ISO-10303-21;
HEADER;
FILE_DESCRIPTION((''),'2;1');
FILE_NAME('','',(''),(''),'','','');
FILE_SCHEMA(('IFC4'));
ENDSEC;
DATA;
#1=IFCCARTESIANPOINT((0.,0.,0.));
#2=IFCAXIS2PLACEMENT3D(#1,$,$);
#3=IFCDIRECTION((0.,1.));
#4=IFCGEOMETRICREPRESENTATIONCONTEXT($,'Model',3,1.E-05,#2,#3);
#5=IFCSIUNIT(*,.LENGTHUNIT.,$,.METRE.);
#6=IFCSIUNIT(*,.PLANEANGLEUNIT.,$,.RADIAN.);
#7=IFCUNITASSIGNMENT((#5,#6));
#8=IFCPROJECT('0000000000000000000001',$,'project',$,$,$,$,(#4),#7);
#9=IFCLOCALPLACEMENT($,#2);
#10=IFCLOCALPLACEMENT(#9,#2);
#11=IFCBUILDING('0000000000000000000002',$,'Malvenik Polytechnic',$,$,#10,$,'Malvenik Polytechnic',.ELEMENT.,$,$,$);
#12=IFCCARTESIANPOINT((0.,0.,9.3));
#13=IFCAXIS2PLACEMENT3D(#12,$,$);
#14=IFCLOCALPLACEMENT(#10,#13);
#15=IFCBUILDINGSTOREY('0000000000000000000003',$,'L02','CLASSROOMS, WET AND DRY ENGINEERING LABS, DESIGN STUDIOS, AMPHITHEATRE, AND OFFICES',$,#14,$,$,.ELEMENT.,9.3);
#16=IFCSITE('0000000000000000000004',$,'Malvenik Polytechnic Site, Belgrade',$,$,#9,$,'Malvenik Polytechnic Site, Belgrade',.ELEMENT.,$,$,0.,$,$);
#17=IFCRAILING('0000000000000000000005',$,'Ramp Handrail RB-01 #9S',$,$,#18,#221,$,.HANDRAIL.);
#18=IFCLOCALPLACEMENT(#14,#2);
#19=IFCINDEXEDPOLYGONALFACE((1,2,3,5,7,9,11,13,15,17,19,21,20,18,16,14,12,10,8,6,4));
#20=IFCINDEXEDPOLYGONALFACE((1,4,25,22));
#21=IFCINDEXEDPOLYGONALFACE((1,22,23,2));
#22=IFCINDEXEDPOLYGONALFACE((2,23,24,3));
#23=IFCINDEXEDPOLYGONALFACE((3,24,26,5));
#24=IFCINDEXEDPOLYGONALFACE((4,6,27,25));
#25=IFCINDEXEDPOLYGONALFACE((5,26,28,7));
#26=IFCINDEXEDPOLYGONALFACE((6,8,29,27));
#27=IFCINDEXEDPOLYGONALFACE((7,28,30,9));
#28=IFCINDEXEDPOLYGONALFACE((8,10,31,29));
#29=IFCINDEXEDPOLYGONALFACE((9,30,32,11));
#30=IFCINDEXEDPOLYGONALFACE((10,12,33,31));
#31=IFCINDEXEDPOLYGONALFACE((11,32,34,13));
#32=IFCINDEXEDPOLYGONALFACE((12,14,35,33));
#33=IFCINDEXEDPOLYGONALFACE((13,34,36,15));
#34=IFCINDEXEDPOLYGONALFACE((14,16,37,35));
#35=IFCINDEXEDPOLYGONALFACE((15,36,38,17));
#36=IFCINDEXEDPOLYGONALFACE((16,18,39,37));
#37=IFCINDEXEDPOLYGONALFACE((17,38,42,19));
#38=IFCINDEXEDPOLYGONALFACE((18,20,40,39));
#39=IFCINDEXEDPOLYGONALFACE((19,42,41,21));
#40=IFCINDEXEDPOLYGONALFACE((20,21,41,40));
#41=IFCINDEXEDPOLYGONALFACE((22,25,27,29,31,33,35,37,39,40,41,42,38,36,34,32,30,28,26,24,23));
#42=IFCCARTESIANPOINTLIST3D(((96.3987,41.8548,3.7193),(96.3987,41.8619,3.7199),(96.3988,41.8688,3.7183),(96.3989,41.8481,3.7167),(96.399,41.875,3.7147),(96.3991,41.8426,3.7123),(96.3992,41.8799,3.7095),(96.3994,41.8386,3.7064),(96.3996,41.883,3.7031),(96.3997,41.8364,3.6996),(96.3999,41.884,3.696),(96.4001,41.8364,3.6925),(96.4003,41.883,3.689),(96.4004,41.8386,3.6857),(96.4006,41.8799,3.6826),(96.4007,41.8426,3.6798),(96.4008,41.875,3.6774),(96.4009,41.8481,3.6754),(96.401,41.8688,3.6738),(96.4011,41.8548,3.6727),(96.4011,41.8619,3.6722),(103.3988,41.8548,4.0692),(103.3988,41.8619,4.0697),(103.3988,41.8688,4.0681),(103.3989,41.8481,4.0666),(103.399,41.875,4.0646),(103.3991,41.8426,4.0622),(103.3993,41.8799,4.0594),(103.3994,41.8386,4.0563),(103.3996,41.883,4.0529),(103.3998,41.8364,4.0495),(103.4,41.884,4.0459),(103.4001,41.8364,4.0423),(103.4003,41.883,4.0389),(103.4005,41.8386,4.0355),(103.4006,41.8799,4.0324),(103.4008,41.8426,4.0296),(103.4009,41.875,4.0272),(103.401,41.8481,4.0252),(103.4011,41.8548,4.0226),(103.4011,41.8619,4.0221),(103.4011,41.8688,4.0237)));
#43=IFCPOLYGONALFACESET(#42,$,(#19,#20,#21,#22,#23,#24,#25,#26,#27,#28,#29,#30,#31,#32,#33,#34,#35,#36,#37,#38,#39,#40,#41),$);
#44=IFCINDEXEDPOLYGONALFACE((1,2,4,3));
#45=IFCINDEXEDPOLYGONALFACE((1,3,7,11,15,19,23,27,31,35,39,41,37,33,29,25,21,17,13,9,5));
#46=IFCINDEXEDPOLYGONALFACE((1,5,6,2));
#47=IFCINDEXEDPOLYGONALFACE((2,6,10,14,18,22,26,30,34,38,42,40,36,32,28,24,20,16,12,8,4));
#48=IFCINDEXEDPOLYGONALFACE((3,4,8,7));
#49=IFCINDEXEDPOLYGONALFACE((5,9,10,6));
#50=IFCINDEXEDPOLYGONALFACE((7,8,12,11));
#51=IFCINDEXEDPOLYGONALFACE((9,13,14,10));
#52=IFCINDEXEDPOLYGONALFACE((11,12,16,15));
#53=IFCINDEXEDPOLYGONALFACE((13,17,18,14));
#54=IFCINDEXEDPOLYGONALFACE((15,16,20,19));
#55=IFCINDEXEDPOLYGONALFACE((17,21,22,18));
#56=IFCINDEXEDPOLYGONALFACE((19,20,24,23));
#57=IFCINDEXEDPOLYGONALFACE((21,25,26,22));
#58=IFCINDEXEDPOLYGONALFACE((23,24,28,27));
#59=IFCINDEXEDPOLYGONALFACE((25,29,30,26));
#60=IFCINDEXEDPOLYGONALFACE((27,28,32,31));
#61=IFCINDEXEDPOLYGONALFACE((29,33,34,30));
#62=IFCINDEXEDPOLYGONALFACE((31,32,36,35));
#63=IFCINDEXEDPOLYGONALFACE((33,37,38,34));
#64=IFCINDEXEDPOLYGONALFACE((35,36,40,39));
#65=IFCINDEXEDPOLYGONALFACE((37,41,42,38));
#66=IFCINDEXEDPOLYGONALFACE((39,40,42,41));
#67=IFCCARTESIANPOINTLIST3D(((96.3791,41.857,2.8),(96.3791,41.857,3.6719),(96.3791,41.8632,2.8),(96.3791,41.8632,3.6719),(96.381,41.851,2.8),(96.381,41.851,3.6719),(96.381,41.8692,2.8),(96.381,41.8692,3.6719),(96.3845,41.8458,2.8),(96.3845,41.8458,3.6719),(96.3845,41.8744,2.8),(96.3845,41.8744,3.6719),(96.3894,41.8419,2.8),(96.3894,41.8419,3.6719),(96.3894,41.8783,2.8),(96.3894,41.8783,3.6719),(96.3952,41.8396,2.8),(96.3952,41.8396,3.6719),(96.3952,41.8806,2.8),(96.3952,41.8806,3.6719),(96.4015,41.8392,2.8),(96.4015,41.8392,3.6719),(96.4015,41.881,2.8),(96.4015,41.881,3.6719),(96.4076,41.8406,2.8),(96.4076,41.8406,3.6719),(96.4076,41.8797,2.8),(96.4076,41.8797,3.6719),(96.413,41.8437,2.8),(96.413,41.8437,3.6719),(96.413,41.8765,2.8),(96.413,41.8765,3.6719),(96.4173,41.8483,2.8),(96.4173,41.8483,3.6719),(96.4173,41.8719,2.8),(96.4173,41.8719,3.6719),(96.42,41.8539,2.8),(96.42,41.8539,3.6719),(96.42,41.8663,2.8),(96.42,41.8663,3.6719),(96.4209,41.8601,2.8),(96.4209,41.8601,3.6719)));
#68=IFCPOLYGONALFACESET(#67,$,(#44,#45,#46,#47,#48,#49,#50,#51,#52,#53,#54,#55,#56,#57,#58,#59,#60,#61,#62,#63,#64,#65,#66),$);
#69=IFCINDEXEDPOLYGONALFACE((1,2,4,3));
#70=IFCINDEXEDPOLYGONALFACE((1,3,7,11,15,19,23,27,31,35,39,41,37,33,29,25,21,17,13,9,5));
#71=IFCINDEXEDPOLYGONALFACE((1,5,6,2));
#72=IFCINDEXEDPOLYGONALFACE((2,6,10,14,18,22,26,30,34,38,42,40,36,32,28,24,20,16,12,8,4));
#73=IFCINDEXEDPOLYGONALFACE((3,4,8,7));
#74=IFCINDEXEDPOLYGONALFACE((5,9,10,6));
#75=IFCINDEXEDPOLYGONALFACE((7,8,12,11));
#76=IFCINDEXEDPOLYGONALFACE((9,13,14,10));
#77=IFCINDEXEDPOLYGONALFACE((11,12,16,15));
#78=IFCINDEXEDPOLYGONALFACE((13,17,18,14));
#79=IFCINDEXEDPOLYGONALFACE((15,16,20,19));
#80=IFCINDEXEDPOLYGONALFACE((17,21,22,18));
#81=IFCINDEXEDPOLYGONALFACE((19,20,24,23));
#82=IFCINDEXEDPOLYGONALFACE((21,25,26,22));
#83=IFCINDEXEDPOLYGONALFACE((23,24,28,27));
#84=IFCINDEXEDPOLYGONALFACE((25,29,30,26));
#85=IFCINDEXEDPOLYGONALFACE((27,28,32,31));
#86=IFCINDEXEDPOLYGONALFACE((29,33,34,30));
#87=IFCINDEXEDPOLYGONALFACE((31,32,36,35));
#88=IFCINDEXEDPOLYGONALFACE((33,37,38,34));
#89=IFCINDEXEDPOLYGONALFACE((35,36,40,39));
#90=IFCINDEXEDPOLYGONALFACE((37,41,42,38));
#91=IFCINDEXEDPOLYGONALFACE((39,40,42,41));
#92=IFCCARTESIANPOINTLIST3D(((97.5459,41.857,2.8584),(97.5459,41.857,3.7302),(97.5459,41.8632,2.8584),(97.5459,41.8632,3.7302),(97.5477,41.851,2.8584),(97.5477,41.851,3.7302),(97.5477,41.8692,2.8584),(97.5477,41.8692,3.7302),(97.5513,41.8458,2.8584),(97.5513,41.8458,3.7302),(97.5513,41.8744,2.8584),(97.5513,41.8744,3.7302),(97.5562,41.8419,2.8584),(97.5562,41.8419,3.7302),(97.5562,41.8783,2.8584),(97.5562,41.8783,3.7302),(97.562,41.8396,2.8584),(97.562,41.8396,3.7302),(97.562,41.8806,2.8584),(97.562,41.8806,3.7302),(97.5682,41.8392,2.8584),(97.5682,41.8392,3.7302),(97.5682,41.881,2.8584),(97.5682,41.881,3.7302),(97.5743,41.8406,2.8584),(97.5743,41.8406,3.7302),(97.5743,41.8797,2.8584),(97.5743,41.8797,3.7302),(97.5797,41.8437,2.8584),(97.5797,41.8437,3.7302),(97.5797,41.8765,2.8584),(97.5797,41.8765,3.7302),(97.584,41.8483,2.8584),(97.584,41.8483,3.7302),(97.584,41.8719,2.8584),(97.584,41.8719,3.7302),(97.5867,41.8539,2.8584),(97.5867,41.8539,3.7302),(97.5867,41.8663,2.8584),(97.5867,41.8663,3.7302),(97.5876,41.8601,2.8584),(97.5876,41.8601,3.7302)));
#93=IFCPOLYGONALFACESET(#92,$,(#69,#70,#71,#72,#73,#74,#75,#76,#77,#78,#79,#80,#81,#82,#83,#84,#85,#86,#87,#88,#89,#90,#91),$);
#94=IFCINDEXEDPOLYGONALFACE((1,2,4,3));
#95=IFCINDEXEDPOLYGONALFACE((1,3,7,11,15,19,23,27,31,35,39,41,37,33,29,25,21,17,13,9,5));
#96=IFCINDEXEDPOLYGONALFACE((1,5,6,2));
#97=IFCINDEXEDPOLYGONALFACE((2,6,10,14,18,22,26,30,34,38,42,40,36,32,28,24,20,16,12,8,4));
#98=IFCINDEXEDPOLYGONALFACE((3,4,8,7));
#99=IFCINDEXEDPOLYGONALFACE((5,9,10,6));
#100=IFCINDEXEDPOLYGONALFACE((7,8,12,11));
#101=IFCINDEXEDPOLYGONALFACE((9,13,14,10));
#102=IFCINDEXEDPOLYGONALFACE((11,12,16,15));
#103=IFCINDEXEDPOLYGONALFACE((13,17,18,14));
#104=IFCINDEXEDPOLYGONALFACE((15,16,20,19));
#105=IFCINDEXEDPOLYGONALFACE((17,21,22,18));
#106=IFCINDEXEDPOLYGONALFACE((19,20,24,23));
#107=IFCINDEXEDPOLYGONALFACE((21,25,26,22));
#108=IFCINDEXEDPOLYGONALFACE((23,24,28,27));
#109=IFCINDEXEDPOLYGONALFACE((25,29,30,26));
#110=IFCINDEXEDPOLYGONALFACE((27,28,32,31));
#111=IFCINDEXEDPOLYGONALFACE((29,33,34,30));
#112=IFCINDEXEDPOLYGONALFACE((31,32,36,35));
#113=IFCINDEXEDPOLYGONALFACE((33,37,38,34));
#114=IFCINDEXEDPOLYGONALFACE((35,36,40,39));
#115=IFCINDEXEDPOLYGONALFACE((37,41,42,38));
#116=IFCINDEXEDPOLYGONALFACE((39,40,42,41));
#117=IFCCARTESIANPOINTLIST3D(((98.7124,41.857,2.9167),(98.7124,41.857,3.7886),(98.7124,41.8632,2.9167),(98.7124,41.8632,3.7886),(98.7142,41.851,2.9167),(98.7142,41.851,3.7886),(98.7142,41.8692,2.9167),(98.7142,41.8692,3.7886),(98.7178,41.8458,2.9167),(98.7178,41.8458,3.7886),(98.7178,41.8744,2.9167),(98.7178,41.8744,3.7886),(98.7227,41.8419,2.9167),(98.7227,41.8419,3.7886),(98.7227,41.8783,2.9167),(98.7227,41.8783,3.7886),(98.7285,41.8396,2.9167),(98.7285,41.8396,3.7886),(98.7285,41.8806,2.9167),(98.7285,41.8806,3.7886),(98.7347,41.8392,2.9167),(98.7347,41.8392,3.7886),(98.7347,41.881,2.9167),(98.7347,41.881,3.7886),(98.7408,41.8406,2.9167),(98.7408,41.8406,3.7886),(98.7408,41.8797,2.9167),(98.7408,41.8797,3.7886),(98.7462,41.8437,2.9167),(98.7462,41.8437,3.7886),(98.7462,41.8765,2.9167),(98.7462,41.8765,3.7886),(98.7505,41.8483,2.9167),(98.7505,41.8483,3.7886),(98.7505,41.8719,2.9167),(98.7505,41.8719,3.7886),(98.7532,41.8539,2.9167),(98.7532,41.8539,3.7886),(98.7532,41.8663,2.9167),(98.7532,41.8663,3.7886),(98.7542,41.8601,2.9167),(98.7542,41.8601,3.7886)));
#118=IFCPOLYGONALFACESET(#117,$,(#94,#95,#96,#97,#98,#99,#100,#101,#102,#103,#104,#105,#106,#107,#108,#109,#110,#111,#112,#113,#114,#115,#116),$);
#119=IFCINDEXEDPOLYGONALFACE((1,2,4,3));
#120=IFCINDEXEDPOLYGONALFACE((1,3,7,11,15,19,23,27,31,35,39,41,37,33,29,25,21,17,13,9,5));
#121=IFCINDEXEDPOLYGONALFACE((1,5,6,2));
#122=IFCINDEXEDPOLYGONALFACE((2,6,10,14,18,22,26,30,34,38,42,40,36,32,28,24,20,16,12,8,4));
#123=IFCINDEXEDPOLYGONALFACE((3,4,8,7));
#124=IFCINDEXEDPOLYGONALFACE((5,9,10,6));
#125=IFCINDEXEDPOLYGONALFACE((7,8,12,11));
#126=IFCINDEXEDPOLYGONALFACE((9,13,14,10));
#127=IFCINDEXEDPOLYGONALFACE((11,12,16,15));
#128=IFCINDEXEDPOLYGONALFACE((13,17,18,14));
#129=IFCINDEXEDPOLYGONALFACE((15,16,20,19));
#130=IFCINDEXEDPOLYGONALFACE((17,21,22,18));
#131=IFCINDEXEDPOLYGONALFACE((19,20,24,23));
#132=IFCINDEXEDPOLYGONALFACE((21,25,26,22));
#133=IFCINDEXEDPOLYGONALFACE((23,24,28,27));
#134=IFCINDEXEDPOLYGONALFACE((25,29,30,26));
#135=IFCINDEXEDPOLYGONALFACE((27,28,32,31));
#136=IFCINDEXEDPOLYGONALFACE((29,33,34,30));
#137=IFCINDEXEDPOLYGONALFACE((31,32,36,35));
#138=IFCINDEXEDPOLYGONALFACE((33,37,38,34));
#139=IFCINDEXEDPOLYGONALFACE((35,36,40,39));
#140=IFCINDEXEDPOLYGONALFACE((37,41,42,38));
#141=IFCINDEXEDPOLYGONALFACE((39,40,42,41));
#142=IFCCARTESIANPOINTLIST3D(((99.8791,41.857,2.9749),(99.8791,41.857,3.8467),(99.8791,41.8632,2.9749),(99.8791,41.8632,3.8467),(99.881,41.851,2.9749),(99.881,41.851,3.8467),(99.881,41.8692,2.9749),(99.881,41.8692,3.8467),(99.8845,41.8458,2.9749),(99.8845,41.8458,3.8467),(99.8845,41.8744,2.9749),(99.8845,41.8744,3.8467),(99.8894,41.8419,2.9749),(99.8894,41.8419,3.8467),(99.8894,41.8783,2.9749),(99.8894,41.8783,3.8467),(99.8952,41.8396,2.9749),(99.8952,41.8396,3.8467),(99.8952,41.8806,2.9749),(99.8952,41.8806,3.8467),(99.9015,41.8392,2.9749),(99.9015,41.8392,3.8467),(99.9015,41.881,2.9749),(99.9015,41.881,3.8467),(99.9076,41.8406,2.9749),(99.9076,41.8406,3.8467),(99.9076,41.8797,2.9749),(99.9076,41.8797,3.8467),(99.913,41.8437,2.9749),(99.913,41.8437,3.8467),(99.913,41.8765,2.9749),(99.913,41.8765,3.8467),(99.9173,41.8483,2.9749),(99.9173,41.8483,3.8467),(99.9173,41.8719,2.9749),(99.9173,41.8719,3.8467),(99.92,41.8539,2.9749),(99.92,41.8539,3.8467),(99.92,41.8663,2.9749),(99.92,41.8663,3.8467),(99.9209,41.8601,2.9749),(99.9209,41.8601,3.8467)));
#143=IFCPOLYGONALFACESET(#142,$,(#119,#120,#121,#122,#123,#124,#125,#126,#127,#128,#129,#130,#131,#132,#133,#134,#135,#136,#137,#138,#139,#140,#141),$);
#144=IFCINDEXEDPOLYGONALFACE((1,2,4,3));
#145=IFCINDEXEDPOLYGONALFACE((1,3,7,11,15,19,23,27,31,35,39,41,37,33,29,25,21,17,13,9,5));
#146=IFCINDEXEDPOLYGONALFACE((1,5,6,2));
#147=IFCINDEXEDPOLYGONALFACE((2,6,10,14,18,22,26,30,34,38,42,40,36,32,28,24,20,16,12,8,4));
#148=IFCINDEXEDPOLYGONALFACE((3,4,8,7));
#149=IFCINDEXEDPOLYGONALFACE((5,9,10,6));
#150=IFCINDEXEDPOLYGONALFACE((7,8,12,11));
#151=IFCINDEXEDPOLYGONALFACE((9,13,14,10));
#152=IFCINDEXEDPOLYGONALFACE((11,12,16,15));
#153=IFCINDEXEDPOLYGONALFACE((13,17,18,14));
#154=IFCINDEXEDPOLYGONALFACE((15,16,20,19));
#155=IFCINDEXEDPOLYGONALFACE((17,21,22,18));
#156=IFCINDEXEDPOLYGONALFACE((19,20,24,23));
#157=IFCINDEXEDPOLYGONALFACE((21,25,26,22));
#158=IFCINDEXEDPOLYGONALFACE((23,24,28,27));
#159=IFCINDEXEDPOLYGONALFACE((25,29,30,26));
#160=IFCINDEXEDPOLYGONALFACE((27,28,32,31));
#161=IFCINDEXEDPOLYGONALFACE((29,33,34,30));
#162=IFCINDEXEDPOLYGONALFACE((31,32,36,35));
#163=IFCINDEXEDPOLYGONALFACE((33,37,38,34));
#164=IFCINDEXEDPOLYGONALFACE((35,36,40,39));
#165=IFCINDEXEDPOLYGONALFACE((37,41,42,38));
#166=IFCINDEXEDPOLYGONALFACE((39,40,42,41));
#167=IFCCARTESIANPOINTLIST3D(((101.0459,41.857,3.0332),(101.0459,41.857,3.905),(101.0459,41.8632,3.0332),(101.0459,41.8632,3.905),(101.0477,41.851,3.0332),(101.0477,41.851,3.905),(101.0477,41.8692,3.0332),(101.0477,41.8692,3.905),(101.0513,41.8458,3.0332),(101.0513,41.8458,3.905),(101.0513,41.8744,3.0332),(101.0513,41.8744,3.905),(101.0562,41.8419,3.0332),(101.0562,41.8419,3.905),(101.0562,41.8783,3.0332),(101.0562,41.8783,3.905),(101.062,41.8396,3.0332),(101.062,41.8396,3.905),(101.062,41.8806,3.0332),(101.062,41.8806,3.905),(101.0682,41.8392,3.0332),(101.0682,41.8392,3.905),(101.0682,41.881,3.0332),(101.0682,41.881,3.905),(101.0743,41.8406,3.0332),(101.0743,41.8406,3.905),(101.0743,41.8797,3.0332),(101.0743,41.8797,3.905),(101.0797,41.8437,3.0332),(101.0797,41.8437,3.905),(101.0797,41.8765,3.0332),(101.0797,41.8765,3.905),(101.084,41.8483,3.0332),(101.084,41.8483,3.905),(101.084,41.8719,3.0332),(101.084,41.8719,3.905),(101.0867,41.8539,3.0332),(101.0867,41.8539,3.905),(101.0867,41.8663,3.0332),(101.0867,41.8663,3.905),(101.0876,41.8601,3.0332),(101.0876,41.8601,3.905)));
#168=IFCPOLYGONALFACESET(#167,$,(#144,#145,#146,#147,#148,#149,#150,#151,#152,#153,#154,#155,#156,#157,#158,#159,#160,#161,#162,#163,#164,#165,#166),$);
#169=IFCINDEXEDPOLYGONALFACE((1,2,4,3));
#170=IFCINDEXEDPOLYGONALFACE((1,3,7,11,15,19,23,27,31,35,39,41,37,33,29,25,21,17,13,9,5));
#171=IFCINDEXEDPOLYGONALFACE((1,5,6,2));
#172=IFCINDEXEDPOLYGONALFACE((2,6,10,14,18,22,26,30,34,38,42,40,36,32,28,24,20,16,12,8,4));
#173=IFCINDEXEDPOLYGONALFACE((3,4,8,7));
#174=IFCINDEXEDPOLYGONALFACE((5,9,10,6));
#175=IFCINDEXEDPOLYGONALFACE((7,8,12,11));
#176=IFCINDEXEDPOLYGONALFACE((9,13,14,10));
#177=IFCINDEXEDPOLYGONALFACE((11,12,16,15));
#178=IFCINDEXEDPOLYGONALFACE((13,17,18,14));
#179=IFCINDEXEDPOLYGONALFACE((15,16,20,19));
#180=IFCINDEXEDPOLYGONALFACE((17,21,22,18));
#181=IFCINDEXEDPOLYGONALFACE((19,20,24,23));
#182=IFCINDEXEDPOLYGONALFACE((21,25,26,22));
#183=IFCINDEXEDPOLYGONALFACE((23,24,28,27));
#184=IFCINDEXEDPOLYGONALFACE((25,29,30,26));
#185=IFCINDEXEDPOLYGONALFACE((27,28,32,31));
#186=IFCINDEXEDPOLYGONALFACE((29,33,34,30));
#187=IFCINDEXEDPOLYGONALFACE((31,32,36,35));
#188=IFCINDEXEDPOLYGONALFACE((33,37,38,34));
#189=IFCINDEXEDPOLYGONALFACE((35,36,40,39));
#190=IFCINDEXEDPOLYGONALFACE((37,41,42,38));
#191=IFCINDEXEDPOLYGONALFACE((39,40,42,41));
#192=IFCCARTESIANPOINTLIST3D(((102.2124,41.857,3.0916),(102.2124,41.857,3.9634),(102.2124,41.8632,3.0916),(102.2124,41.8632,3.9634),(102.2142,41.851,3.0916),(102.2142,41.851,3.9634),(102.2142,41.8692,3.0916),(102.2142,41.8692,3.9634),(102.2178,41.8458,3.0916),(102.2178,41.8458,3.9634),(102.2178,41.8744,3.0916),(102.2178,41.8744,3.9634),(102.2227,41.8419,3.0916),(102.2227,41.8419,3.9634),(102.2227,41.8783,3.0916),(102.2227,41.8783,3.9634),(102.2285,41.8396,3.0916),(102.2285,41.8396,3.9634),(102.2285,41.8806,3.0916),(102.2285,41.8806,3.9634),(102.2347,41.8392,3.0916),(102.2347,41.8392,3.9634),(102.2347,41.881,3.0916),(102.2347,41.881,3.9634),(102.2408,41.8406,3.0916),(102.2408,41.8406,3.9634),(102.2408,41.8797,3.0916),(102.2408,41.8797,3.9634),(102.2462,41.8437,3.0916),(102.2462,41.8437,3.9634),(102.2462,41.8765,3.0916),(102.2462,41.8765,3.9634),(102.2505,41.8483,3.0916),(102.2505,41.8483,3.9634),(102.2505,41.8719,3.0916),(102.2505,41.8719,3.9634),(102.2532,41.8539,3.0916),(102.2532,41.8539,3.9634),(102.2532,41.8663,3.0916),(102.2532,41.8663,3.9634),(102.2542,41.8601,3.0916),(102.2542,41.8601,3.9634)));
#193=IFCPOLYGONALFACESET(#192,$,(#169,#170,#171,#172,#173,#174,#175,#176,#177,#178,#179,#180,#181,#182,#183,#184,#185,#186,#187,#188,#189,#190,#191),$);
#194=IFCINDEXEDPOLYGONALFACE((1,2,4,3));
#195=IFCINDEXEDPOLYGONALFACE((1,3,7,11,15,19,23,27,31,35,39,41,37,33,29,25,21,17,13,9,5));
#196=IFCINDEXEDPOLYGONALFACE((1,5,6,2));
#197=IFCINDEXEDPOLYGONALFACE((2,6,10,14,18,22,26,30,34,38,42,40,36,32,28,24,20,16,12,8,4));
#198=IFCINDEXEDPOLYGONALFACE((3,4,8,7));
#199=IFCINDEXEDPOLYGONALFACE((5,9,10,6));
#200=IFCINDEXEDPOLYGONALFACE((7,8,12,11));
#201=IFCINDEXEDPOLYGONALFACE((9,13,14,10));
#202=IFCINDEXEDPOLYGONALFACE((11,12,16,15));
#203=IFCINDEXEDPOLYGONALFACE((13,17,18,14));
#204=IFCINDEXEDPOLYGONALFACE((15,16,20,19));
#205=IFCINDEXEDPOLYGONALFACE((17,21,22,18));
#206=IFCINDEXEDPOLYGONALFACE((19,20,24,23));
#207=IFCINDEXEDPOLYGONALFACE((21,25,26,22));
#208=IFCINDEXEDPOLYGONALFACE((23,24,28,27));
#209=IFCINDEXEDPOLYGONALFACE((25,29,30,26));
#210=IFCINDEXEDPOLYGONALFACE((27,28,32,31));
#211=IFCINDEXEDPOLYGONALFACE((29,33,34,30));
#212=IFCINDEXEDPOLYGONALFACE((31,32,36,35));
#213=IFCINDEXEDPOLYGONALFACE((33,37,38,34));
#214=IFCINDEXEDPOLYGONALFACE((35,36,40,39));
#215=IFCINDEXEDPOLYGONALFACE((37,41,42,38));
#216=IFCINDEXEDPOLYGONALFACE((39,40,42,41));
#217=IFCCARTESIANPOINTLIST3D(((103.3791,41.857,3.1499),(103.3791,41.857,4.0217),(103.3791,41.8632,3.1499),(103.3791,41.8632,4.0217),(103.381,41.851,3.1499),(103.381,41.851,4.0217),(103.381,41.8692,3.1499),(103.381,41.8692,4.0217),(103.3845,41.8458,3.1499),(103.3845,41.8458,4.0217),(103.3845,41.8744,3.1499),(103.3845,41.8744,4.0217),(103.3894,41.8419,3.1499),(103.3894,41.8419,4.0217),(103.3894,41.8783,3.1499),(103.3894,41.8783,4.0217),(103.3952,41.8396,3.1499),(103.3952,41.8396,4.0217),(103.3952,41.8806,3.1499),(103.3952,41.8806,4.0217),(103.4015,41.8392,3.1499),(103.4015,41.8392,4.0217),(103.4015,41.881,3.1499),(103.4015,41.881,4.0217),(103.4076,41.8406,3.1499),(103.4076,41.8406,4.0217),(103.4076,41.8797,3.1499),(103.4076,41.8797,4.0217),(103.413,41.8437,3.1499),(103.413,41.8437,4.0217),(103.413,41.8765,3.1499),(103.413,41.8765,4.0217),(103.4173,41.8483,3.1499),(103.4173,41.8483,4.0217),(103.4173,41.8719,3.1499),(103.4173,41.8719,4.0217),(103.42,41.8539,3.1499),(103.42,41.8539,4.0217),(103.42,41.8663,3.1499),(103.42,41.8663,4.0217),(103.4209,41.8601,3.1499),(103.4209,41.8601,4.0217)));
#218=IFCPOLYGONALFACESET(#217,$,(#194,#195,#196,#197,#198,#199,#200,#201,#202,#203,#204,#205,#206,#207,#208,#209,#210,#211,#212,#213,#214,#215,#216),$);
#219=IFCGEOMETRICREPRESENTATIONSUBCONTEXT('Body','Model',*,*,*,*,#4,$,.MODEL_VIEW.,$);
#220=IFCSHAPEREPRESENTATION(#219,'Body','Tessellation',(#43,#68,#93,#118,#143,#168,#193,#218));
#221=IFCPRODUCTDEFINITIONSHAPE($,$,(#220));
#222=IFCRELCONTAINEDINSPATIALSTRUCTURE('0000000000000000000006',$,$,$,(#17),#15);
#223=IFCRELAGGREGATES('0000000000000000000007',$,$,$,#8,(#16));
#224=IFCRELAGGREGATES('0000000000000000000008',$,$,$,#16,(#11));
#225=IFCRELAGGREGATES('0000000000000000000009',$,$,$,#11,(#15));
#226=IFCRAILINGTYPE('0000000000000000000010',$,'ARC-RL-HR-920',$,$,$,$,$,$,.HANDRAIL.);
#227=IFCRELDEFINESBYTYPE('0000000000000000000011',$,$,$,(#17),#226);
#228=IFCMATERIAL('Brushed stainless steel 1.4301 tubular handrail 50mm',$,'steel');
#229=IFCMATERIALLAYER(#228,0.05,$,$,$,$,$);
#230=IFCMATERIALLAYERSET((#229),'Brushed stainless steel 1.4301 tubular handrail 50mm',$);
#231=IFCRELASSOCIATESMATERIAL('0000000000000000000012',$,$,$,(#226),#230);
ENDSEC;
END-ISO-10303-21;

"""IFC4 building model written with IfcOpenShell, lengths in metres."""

from ifc_helpers import new_model, si_unit, direction, frame, origin, origin_2d, place, context, subcontext, project, spatial, circle, extrude, material, layer, layer_set, type_object, element, save


model = new_model("IFC4")

# Units and contexts
model_context = context("Model", 3, precision=1e-05, world=origin(), true_north=direction((0.0, 1.0)))
body_context = subcontext(model_context, "Body", "Model", "MODEL_VIEW")
ifc_project = project(units=[si_unit("LENGTHUNIT", "METRE"), si_unit("PLANEANGLEUNIT", "RADIAN")], contexts=[model_context])

# Site, building, storey
site_placement = place(None, origin())
site = spatial("IfcSite", under=ifc_project, at=site_placement, Name="Malvenik Polytechnic Site, Belgrade", LongName="Malvenik Polytechnic Site, Belgrade", CompositionType="ELEMENT", RefElevation=0.0)
building_placement = place(site_placement, origin())
building = spatial("IfcBuilding", under=site, at=building_placement, Name="Malvenik Polytechnic", LongName="Malvenik Polytechnic", CompositionType="ELEMENT")
storey_placement = place(building_placement, frame((0.0, 0.0, 9.3)))
storey = spatial("IfcBuildingStorey", under=building, at=storey_placement, Name="L02", Description="CLASSROOMS, WET AND DRY ENGINEERING LABS, DESIGN STUDIOS, AMPHITHEATRE, AND OFFICES", CompositionType="ELEMENT", Elevation=9.3)

# Railing
ifc_material_1 = material(Name="Brushed stainless steel 1.4301 tubular handrail 50mm", Category="steel")
ifc_layer_1 = layer(ifc_material_1, 0.05)
ifc_layer_set_1 = layer_set([ifc_layer_1], Name="Brushed stainless steel 1.4301 tubular handrail 50mm")
railing_type_1 = type_object("IfcRailingType", Name="ARC-RL-HR-920", PredefinedType="HANDRAIL", material=ifc_layer_set_1)
railing_1_placement = place(storey_placement, frame((96.3999, 41.8601, 2.8)))
element("IfcRailing", 1, at=railing_1_placement, inside=storey, type_object=railing_type_1, Name="Ramp Handrail RB-01 #9S", PredefinedType="HANDRAIL", context=body_context, shape_type="SweptSolid", body=[
    extrude(circle(Radius=0.0239, at=origin_2d()), frame((0.0, 0.0, 0.896), z_axis=(0.998753, 0.0, 0.049917), x_axis=(0.0, 1.0, 0.0)), (0.0, 0.0, 1.0), 7.0088),
    extrude(circle(Radius=0.021, at=origin_2d()), origin(), (0.0, 0.0, 1.0), 0.8718),
    extrude(circle(Radius=0.021, at=origin_2d()), frame((1.1667, 0.0, 0.0583)), (0.0, 0.0, 1.0), 0.8718),
    extrude(circle(Radius=0.021, at=origin_2d()), frame((2.3333, 0.0, 0.1167)), (0.0, 0.0, 1.0), 0.8718),
    extrude(circle(Radius=0.021, at=origin_2d()), frame((3.5, 0.0, 0.1748)), (0.0, 0.0, 1.0), 0.8718),
    extrude(circle(Radius=0.021, at=origin_2d()), frame((4.6667, 0.0, 0.2332)), (0.0, 0.0, 1.0), 0.8718),
    extrude(circle(Radius=0.021, at=origin_2d()), frame((5.8333, 0.0, 0.2915)), (0.0, 0.0, 1.0), 0.8718),
    extrude(circle(Radius=0.021, at=origin_2d()), frame((7.0, 0.0, 0.3499)), (0.0, 0.0, 1.0), 0.8718),
])

save(model, "model.ifc")
